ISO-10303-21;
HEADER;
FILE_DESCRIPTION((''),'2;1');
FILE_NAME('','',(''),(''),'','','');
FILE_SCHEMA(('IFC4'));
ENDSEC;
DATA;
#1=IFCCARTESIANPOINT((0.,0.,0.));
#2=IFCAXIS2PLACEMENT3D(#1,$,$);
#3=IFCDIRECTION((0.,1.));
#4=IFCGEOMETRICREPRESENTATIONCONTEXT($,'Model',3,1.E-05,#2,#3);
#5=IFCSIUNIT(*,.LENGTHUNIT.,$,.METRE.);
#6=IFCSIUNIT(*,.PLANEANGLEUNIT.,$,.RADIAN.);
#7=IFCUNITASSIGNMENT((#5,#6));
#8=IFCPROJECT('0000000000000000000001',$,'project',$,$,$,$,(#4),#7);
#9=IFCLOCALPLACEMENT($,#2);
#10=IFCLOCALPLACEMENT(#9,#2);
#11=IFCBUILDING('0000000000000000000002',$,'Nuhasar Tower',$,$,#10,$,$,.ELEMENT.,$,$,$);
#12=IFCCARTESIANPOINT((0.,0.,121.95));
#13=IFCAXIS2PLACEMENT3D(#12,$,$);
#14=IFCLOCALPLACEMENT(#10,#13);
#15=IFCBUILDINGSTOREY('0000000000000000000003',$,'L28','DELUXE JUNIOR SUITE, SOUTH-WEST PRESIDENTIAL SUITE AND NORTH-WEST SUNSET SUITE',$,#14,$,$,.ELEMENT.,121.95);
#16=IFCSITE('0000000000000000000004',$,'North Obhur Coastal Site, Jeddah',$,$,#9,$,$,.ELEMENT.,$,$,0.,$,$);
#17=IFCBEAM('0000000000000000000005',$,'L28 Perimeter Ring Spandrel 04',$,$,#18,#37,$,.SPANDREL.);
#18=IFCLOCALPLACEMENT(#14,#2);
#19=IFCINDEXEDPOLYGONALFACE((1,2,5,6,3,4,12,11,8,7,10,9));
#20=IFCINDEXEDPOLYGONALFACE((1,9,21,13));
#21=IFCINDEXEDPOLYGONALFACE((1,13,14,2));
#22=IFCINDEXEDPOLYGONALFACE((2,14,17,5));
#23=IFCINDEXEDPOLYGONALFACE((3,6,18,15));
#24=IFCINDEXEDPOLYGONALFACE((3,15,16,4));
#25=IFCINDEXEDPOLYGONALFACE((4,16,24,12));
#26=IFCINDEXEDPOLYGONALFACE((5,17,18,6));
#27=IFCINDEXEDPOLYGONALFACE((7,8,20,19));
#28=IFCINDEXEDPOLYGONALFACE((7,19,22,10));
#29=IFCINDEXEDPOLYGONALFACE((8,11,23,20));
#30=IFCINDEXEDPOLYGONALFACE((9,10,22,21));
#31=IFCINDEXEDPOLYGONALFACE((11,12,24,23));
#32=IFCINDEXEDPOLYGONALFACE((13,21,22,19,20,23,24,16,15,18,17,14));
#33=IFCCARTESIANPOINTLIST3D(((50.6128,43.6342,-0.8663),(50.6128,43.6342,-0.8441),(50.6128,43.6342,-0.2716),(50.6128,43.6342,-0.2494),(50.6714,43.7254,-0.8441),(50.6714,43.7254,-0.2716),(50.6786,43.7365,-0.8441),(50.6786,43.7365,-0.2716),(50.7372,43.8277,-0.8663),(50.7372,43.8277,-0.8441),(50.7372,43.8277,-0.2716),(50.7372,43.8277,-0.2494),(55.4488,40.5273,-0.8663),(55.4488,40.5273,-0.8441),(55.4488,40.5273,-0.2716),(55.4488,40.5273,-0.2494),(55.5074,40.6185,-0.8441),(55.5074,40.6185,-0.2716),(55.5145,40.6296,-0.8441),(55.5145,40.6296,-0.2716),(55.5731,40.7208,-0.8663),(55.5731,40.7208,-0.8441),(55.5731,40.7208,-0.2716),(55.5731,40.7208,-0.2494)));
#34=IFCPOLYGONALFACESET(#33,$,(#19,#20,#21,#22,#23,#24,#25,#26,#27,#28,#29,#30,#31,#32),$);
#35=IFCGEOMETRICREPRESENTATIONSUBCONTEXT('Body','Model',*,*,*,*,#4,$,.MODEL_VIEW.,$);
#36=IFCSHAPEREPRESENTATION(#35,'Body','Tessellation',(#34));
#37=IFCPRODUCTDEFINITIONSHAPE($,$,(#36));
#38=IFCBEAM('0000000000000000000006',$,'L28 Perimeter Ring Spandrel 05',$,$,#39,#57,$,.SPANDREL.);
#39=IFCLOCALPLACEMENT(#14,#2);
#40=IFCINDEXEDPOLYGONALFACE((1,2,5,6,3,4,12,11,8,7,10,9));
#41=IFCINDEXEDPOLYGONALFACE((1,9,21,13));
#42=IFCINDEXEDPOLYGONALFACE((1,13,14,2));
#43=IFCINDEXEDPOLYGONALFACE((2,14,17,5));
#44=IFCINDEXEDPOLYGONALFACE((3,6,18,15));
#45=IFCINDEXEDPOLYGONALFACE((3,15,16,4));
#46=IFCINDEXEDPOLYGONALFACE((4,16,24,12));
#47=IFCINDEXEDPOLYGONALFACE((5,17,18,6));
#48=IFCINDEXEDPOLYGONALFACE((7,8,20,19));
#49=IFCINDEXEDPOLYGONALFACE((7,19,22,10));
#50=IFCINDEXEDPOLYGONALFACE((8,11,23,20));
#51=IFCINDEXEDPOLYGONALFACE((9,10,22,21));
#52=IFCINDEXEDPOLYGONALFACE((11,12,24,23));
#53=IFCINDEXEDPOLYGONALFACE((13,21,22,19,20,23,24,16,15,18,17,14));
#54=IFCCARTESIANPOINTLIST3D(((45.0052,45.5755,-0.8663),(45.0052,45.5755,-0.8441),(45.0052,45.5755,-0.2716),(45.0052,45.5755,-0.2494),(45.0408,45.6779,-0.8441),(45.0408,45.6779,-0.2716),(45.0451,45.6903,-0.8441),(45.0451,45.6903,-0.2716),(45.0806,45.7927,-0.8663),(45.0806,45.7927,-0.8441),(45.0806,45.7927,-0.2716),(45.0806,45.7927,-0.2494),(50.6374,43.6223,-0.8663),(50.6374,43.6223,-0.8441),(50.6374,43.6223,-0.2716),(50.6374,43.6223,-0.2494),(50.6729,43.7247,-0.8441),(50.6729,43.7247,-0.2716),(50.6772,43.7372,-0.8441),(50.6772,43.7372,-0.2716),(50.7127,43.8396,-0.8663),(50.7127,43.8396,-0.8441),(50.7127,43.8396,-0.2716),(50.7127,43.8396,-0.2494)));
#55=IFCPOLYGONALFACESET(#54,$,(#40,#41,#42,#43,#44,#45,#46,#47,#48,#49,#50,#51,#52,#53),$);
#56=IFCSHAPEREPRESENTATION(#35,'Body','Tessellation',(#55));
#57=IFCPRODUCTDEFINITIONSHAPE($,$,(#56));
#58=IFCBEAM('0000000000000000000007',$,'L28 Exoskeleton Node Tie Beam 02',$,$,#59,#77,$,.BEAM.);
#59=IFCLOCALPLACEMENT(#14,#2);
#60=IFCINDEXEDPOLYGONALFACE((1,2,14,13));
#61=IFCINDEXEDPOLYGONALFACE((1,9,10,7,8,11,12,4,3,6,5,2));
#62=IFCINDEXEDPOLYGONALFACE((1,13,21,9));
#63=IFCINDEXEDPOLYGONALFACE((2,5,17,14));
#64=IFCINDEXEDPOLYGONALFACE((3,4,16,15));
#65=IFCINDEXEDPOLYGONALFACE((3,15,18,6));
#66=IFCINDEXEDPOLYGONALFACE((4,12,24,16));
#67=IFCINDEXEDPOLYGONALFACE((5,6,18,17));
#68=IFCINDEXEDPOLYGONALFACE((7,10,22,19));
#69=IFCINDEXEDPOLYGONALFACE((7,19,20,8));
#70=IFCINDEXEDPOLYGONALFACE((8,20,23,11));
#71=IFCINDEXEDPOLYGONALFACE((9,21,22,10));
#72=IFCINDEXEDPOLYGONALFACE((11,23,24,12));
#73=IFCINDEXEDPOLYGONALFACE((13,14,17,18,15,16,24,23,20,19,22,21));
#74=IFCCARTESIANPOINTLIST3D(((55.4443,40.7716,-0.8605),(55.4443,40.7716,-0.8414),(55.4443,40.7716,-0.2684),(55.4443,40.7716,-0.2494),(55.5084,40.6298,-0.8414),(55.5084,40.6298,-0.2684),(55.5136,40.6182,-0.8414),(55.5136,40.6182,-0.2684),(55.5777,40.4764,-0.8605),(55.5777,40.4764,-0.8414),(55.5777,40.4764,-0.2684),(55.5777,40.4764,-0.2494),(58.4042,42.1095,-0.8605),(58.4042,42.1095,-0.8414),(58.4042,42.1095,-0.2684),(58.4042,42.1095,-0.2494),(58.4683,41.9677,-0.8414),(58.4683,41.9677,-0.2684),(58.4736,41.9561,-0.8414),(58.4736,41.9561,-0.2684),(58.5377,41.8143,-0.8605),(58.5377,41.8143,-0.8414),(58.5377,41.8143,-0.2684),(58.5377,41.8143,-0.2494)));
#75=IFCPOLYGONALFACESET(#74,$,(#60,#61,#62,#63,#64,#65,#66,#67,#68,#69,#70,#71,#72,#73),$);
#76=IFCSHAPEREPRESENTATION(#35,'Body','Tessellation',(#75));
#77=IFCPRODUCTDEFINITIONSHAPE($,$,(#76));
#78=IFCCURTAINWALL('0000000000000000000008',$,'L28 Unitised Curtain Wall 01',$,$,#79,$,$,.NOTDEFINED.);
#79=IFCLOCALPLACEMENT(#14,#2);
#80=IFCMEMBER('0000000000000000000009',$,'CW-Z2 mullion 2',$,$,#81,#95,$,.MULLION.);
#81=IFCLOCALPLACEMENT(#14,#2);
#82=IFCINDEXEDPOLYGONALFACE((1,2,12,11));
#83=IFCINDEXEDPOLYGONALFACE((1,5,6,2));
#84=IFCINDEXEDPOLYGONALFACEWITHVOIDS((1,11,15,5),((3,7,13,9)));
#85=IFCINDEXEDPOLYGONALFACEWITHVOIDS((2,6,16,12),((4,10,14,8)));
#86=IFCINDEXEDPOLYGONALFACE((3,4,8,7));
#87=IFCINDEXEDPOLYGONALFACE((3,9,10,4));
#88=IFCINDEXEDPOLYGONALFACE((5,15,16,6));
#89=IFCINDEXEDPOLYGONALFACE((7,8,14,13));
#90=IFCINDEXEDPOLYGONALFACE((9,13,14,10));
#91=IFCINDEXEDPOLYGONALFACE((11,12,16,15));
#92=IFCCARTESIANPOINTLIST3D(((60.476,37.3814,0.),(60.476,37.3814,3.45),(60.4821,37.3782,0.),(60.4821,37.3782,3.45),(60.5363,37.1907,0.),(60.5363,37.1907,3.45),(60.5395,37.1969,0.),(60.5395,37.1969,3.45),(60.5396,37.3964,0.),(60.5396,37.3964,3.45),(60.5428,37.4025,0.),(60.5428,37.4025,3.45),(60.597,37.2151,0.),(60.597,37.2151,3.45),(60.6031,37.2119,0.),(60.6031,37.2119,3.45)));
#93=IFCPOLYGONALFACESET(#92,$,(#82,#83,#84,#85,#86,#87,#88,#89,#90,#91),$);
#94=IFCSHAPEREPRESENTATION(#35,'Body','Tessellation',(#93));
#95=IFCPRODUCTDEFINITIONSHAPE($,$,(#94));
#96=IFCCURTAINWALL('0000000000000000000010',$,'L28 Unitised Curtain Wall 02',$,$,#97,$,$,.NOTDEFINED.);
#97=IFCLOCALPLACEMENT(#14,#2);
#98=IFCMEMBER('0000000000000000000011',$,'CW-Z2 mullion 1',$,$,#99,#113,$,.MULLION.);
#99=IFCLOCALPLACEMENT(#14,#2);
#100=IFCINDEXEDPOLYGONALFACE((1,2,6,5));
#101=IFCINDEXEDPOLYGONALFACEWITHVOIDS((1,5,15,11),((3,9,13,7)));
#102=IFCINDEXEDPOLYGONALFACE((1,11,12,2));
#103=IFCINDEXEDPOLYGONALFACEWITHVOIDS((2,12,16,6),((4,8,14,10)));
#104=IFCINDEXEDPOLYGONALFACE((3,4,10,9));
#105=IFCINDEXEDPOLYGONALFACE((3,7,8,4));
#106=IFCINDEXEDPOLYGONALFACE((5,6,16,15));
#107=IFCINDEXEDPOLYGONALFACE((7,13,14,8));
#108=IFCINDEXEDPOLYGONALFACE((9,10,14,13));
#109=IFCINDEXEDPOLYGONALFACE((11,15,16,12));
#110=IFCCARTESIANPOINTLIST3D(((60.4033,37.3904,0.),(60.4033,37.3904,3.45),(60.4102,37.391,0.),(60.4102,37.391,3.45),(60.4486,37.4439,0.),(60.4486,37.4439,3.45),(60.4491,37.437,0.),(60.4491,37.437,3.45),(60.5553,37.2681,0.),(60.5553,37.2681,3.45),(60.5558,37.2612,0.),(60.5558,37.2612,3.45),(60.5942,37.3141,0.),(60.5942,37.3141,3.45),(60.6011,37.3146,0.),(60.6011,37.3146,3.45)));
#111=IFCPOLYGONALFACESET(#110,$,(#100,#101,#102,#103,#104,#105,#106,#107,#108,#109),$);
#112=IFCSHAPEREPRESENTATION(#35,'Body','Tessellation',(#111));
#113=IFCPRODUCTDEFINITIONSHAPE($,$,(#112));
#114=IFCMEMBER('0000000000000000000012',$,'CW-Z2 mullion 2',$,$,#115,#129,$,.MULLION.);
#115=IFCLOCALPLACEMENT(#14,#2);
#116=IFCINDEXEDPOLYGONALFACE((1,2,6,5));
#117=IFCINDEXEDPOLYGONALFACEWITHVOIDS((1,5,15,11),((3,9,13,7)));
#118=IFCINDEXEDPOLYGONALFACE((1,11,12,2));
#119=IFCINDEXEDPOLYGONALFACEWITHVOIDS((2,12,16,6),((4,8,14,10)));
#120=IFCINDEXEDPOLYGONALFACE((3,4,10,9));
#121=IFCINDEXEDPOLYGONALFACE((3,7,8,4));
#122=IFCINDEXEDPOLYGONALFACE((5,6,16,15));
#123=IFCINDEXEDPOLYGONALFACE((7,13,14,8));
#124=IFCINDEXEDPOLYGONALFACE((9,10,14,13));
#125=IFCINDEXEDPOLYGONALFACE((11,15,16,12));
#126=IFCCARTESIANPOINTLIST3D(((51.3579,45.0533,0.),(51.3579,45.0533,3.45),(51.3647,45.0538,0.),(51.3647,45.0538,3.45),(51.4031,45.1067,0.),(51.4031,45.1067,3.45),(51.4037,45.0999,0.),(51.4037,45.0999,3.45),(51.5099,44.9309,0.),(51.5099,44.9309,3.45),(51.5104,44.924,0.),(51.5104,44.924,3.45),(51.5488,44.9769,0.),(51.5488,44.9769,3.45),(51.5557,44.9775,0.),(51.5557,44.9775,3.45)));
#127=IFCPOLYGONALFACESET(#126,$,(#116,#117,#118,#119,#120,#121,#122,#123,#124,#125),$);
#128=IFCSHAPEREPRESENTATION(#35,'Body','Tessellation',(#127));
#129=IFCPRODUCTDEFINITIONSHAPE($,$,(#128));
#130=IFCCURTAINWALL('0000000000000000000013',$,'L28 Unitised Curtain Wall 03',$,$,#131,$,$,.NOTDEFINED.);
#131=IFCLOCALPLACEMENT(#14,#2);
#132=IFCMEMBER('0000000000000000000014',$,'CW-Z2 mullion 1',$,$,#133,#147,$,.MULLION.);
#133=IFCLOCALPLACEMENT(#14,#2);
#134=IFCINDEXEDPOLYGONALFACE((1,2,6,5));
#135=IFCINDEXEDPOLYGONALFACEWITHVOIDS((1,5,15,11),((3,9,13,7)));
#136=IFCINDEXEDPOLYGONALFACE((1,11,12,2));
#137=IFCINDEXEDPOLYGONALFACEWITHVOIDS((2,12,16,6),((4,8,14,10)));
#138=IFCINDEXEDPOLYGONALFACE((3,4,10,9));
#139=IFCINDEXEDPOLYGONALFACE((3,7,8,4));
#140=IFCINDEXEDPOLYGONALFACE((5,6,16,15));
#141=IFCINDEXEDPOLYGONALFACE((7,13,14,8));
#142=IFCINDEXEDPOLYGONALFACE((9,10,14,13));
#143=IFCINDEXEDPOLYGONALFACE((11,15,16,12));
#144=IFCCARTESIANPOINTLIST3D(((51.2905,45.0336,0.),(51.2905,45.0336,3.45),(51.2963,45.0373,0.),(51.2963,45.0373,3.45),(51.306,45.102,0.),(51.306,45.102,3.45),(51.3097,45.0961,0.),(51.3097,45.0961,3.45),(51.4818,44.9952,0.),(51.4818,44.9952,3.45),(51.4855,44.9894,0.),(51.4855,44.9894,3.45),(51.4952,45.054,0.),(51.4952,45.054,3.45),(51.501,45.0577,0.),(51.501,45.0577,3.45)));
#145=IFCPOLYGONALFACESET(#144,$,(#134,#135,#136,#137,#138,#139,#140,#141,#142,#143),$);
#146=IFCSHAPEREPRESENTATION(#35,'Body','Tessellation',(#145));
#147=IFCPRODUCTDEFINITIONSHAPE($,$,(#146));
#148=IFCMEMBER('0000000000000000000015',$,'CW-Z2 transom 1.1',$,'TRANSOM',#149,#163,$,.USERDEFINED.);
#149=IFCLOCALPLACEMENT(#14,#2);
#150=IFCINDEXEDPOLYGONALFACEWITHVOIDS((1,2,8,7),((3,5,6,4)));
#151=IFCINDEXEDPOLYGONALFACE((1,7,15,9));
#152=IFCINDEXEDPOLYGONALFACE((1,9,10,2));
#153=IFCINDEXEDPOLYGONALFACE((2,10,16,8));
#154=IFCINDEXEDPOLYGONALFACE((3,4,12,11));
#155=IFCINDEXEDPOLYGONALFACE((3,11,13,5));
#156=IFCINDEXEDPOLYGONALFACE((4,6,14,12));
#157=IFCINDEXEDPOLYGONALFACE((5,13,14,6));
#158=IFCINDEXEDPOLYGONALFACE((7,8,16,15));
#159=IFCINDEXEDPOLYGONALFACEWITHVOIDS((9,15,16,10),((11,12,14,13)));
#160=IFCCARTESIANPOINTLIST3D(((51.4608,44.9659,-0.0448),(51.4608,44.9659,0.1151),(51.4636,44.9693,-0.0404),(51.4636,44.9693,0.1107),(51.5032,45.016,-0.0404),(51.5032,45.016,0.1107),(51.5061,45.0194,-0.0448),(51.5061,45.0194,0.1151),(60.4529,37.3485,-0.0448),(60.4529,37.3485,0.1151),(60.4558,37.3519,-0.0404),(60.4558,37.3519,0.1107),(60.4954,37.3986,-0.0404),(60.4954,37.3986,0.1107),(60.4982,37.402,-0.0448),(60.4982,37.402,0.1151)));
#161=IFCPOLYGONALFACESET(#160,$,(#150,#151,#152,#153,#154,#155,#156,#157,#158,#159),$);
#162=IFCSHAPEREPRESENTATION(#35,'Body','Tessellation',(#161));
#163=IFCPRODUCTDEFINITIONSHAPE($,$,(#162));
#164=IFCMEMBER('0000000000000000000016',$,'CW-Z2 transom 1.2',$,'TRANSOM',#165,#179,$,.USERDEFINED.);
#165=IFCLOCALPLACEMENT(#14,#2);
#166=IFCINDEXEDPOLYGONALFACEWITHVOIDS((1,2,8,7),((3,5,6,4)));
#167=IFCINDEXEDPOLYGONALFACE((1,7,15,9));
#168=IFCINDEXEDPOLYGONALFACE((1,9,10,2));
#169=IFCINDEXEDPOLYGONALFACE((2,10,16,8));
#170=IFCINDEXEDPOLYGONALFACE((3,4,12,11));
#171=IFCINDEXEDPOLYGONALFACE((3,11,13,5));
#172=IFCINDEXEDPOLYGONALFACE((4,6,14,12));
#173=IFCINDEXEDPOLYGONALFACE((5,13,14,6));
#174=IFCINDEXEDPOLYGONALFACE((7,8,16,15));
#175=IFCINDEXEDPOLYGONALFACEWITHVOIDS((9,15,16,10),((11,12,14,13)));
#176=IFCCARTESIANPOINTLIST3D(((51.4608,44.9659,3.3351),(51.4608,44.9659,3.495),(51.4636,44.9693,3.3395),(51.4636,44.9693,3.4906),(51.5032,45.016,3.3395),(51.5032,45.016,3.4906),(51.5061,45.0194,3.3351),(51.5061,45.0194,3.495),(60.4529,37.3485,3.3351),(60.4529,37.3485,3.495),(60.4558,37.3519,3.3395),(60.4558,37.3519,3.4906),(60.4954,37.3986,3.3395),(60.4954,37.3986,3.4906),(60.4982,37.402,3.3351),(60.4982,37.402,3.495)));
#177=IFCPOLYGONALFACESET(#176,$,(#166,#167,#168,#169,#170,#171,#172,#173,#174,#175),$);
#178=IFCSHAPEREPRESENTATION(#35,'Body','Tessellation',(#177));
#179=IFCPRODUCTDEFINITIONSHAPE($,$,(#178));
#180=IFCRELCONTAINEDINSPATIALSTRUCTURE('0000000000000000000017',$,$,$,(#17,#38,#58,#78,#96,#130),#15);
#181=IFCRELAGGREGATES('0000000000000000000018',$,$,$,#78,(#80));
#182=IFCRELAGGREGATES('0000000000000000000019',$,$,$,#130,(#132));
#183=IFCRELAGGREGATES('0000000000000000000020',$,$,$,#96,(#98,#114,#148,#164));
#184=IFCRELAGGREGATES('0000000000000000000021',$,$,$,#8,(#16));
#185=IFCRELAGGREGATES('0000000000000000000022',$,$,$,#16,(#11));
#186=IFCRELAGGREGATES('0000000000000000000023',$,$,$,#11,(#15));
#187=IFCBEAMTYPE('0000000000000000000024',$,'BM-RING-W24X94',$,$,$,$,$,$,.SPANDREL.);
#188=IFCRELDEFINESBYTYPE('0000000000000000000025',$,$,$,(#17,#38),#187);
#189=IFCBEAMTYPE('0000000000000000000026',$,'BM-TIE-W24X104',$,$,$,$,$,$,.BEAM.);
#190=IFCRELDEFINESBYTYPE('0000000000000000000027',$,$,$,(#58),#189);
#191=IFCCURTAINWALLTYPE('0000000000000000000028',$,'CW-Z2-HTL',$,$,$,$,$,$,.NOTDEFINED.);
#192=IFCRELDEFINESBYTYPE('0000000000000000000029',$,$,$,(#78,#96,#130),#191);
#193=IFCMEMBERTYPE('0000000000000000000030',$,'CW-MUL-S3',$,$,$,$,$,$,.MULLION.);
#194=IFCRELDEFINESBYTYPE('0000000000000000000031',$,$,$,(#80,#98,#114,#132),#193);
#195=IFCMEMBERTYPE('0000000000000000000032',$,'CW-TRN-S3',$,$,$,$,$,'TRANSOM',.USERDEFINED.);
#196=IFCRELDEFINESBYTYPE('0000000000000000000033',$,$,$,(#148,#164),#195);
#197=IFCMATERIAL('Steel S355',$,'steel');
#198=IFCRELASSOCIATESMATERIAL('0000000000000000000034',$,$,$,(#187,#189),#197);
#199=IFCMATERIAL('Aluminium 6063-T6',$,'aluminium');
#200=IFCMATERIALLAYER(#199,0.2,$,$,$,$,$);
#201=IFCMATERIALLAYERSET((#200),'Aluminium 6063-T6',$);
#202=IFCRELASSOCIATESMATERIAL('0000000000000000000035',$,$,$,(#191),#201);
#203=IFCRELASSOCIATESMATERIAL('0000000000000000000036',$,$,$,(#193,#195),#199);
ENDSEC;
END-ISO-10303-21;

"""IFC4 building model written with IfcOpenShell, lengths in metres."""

from ifc_helpers import new_model, si_unit, direction, frame, origin, origin_2d, place, context, subcontext, project, spatial, hollow_rectangle, i_section, extrude, material, layer, layer_set, material_profile, profile_set, type_object, element, aggregate, save


model = new_model("IFC4")

# Units and contexts
model_context = context("Model", 3, precision=1e-05, world=origin(), true_north=direction((0.0, 1.0)))
body_context = subcontext(model_context, "Body", "Model", "MODEL_VIEW")
ifc_project = project(units=[si_unit("LENGTHUNIT", "METRE"), si_unit("PLANEANGLEUNIT", "RADIAN")], contexts=[model_context])

# Site, building, storey
site_placement = place(None, origin())
site = spatial("IfcSite", under=ifc_project, at=site_placement, Name="North Obhur Coastal Site, Jeddah", CompositionType="ELEMENT", RefElevation=0.0)
building_placement = place(site_placement, origin())
building = spatial("IfcBuilding", under=site, at=building_placement, Name="Nuhasar Tower", CompositionType="ELEMENT")
storey_placement = place(building_placement, frame((0.0, 0.0, 121.95)))
storey = spatial("IfcBuildingStorey", under=building, at=storey_placement, Name="L28", Description="DELUXE JUNIOR SUITE, SOUTH-WEST PRESIDENTIAL SUITE AND NORTH-WEST SUNSET SUITE", CompositionType="ELEMENT", Elevation=121.95)

# Beams
ifc_material_1 = material(Name="Steel S355", Category="steel")
ifc_material_profile_1 = material_profile(ifc_material_1, i_section(OverallWidth=0.23, OverallDepth=0.6169, WebThickness=0.0132, FlangeThickness=0.0222, at=origin_2d()), Name="W24X94")
ifc_profile_set_1 = profile_set([ifc_material_profile_1], Name="Steel S355")
beam_type_1 = type_object("IfcBeamType", Name="BM-RING-W24X94", PredefinedType="SPANDREL", material=ifc_profile_set_1)
beam_1_placement = place(storey_placement, frame((55.511, 40.624, -0.5579), z_axis=(-0.841327, 0.540526, 0.0), x_axis=(-0.540526, -0.841327, 0.0)))
element("IfcBeam", 1, at=beam_1_placement, inside=storey, type_object=beam_type_1, Name="L28 Perimeter Ring Spandrel 04", PredefinedType="SPANDREL", context=body_context, shape_type="SweptSolid", body=[
    extrude(i_section(OverallWidth=0.23, OverallDepth=0.6169, WebThickness=0.0132, FlangeThickness=0.0222, at=origin_2d()), origin(), (0.0, 0.0, 1.0), 5.748),
])
beam_2_placement = place(storey_placement, frame((50.675, 43.731, -0.5579), z_axis=(-0.944801, 0.327644, 0.0), x_axis=(-0.327644, -0.944801, 0.0)))
element("IfcBeam", 2, at=beam_2_placement, inside=storey, type_object=beam_type_1, Name="L28 Perimeter Ring Spandrel 05", PredefinedType="SPANDREL", context=body_context, shape_type="SweptSolid", body=[
    extrude(i_section(OverallWidth=0.23, OverallDepth=0.6169, WebThickness=0.0132, FlangeThickness=0.0222, at=origin_2d()), origin(), (0.0, 0.0, 1.0), 5.9612),
])
ifc_material_profile_2 = material_profile(ifc_material_1, i_section(OverallWidth=0.324, OverallDepth=0.6111, WebThickness=0.0127, FlangeThickness=0.019, at=origin_2d()), Name="W24X104")
ifc_profile_set_2 = profile_set([ifc_material_profile_2], Name="Steel S355")
beam_type_2 = type_object("IfcBeamType", Name="BM-TIE-W24X104", PredefinedType="BEAM", material=ifc_profile_set_2)
beam_3_placement = place(storey_placement, frame((55.511, 40.624, -0.5549), z_axis=(0.91124, 0.411877, 0.0), x_axis=(-0.411877, 0.91124, 0.0)))
element("IfcBeam", 3, at=beam_3_placement, inside=storey, type_object=beam_type_2, Name="L28 Exoskeleton Node Tie Beam 02", PredefinedType="BEAM", context=body_context, shape_type="SweptSolid", body=[
    extrude(i_section(OverallWidth=0.324, OverallDepth=0.6111, WebThickness=0.0127, FlangeThickness=0.019, at=origin_2d()), origin(), (0.0, 0.0, 1.0), 3.2483),
])

# Curtain wall, member
ifc_material_2 = material(Name="Aluminium 6063-T6", Category="aluminium")
ifc_layer_1 = layer(ifc_material_2, 0.2)
ifc_layer_set_1 = layer_set([ifc_layer_1], Name="Aluminium 6063-T6")
curtain_wall_type = type_object("IfcCurtainWallType", Name="CW-Z2-HTL", PredefinedType="NOTDEFINED", material=ifc_layer_set_1)
curtain_wall_1_placement = place(storey_placement, origin())
curtain_wall_1 = element("IfcCurtainWall", 4, at=curtain_wall_1_placement, inside=storey, type_object=curtain_wall_type, Name="L28 Unitised Curtain Wall 01", PredefinedType="NOTDEFINED")
ifc_material_profile_3 = material_profile(ifc_material_2, hollow_rectangle(XDim=0.0701, YDim=0.2, WallThickness=0.0049, at=origin_2d()), Name="CWM-3")
ifc_profile_set_3 = profile_set([ifc_material_profile_3], Name="Aluminium 6063-T6")
member_type_1 = type_object("IfcMemberType", Name="CW-MUL-S3", PredefinedType="MULLION", material=ifc_profile_set_3)
member_1_placement = place(storey_placement, frame((60.5396, 37.2966, 0.0), z_axis=(0.0, 0.0, 1.0), x_axis=(-0.953433, -0.301604, 0.0)))
member_1 = element("IfcMember", 5, at=member_1_placement, type_object=member_type_1, Name="CW-Z2 mullion 2", PredefinedType="MULLION", context=body_context, shape_type="SweptSolid", body=[
    extrude(hollow_rectangle(XDim=0.0701, YDim=0.2, WallThickness=0.0049, at=origin_2d()), origin(), (0.0, 0.0, 1.0), 3.45),
])
aggregate(curtain_wall_1, [member_1])

# Curtain wall, members
curtain_wall_2_placement = place(storey_placement, origin())
curtain_wall_2 = element("IfcCurtainWall", 6, at=curtain_wall_2_placement, inside=storey, type_object=curtain_wall_type, Name="L28 Unitised Curtain Wall 02", PredefinedType="NOTDEFINED")
member_2_placement = place(storey_placement, frame((60.5022, 37.3525, 0.0), z_axis=(0.0, 0.0, 1.0), x_axis=(-0.646374, -0.76302, 0.0)))
member_2 = element("IfcMember", 7, at=member_2_placement, type_object=member_type_1, Name="CW-Z2 mullion 1", PredefinedType="MULLION", context=body_context, shape_type="SweptSolid", body=[
    extrude(hollow_rectangle(XDim=0.0701, YDim=0.2, WallThickness=0.0049, at=origin_2d()), origin(), (0.0, 0.0, 1.0), 3.45),
])
member_3_placement = place(storey_placement, frame((51.4568, 45.0154, 0.0), z_axis=(0.0, 0.0, 1.0), x_axis=(-0.646374, -0.76302, 0.0)))
member_3 = element("IfcMember", 8, at=member_3_placement, type_object=member_type_1, Name="CW-Z2 mullion 2", PredefinedType="MULLION", context=body_context, shape_type="SweptSolid", body=[
    extrude(hollow_rectangle(XDim=0.0701, YDim=0.2, WallThickness=0.0049, at=origin_2d()), origin(), (0.0, 0.0, 1.0), 3.45),
])

# Curtain wall, member
curtain_wall_3_placement = place(storey_placement, origin())
curtain_wall_3 = element("IfcCurtainWall", 9, at=curtain_wall_3_placement, inside=storey, type_object=curtain_wall_type, Name="L28 Unitised Curtain Wall 03", PredefinedType="NOTDEFINED")
member_4_placement = place(storey_placement, frame((51.3958, 45.0457, 0.0), z_axis=(0.0, 0.0, 1.0), x_axis=(-0.221397, -0.975184, 0.0)))
member_4 = element("IfcMember", 10, at=member_4_placement, type_object=member_type_1, Name="CW-Z2 mullion 1", PredefinedType="MULLION", context=body_context, shape_type="SweptSolid", body=[
    extrude(hollow_rectangle(XDim=0.0701, YDim=0.2, WallThickness=0.0049, at=origin_2d()), origin(), (0.0, 0.0, 1.0), 3.45),
])

# Members
ifc_material_profile_4 = material_profile(ifc_material_2, hollow_rectangle(XDim=0.0701, YDim=0.1599, WallThickness=0.0044, at=origin_2d()), Name="CWT-3")
ifc_profile_set_4 = profile_set([ifc_material_profile_4], Name="Aluminium 6063-T6")
member_type_2 = type_object("IfcMemberType", Name="CW-TRN-S3", ElementType="TRANSOM", PredefinedType="USERDEFINED", material=ifc_profile_set_4)
member_5_placement = place(storey_placement, frame((60.4756, 37.3752, 0.0352), z_axis=(-0.763024, 0.64637, 0.0), x_axis=(-0.64637, -0.763024, 0.0)))
member_5 = element("IfcMember", 11, at=member_5_placement, type_object=member_type_2, Name="CW-Z2 transom 1.1", ObjectType="TRANSOM", PredefinedType="USERDEFINED", context=body_context, shape_type="SweptSolid", body=[
    extrude(hollow_rectangle(XDim=0.0701, YDim=0.1599, WallThickness=0.0044, at=origin_2d()), origin(), (0.0, 0.0, 1.0), 11.7849),
])
member_6_placement = place(storey_placement, frame((60.4756, 37.3752, 3.415), z_axis=(-0.763024, 0.64637, 0.0), x_axis=(-0.64637, -0.763024, 0.0)))
member_6 = element("IfcMember", 12, at=member_6_placement, type_object=member_type_2, Name="CW-Z2 transom 1.2", ObjectType="TRANSOM", PredefinedType="USERDEFINED", context=body_context, shape_type="SweptSolid", body=[
    extrude(hollow_rectangle(XDim=0.0701, YDim=0.1599, WallThickness=0.0044, at=origin_2d()), origin(), (0.0, 0.0, 1.0), 11.7849),
])
aggregate(curtain_wall_3, [member_4])

aggregate(curtain_wall_2, [member_2, member_3, member_5, member_6])

save(model, "model.ifc")
